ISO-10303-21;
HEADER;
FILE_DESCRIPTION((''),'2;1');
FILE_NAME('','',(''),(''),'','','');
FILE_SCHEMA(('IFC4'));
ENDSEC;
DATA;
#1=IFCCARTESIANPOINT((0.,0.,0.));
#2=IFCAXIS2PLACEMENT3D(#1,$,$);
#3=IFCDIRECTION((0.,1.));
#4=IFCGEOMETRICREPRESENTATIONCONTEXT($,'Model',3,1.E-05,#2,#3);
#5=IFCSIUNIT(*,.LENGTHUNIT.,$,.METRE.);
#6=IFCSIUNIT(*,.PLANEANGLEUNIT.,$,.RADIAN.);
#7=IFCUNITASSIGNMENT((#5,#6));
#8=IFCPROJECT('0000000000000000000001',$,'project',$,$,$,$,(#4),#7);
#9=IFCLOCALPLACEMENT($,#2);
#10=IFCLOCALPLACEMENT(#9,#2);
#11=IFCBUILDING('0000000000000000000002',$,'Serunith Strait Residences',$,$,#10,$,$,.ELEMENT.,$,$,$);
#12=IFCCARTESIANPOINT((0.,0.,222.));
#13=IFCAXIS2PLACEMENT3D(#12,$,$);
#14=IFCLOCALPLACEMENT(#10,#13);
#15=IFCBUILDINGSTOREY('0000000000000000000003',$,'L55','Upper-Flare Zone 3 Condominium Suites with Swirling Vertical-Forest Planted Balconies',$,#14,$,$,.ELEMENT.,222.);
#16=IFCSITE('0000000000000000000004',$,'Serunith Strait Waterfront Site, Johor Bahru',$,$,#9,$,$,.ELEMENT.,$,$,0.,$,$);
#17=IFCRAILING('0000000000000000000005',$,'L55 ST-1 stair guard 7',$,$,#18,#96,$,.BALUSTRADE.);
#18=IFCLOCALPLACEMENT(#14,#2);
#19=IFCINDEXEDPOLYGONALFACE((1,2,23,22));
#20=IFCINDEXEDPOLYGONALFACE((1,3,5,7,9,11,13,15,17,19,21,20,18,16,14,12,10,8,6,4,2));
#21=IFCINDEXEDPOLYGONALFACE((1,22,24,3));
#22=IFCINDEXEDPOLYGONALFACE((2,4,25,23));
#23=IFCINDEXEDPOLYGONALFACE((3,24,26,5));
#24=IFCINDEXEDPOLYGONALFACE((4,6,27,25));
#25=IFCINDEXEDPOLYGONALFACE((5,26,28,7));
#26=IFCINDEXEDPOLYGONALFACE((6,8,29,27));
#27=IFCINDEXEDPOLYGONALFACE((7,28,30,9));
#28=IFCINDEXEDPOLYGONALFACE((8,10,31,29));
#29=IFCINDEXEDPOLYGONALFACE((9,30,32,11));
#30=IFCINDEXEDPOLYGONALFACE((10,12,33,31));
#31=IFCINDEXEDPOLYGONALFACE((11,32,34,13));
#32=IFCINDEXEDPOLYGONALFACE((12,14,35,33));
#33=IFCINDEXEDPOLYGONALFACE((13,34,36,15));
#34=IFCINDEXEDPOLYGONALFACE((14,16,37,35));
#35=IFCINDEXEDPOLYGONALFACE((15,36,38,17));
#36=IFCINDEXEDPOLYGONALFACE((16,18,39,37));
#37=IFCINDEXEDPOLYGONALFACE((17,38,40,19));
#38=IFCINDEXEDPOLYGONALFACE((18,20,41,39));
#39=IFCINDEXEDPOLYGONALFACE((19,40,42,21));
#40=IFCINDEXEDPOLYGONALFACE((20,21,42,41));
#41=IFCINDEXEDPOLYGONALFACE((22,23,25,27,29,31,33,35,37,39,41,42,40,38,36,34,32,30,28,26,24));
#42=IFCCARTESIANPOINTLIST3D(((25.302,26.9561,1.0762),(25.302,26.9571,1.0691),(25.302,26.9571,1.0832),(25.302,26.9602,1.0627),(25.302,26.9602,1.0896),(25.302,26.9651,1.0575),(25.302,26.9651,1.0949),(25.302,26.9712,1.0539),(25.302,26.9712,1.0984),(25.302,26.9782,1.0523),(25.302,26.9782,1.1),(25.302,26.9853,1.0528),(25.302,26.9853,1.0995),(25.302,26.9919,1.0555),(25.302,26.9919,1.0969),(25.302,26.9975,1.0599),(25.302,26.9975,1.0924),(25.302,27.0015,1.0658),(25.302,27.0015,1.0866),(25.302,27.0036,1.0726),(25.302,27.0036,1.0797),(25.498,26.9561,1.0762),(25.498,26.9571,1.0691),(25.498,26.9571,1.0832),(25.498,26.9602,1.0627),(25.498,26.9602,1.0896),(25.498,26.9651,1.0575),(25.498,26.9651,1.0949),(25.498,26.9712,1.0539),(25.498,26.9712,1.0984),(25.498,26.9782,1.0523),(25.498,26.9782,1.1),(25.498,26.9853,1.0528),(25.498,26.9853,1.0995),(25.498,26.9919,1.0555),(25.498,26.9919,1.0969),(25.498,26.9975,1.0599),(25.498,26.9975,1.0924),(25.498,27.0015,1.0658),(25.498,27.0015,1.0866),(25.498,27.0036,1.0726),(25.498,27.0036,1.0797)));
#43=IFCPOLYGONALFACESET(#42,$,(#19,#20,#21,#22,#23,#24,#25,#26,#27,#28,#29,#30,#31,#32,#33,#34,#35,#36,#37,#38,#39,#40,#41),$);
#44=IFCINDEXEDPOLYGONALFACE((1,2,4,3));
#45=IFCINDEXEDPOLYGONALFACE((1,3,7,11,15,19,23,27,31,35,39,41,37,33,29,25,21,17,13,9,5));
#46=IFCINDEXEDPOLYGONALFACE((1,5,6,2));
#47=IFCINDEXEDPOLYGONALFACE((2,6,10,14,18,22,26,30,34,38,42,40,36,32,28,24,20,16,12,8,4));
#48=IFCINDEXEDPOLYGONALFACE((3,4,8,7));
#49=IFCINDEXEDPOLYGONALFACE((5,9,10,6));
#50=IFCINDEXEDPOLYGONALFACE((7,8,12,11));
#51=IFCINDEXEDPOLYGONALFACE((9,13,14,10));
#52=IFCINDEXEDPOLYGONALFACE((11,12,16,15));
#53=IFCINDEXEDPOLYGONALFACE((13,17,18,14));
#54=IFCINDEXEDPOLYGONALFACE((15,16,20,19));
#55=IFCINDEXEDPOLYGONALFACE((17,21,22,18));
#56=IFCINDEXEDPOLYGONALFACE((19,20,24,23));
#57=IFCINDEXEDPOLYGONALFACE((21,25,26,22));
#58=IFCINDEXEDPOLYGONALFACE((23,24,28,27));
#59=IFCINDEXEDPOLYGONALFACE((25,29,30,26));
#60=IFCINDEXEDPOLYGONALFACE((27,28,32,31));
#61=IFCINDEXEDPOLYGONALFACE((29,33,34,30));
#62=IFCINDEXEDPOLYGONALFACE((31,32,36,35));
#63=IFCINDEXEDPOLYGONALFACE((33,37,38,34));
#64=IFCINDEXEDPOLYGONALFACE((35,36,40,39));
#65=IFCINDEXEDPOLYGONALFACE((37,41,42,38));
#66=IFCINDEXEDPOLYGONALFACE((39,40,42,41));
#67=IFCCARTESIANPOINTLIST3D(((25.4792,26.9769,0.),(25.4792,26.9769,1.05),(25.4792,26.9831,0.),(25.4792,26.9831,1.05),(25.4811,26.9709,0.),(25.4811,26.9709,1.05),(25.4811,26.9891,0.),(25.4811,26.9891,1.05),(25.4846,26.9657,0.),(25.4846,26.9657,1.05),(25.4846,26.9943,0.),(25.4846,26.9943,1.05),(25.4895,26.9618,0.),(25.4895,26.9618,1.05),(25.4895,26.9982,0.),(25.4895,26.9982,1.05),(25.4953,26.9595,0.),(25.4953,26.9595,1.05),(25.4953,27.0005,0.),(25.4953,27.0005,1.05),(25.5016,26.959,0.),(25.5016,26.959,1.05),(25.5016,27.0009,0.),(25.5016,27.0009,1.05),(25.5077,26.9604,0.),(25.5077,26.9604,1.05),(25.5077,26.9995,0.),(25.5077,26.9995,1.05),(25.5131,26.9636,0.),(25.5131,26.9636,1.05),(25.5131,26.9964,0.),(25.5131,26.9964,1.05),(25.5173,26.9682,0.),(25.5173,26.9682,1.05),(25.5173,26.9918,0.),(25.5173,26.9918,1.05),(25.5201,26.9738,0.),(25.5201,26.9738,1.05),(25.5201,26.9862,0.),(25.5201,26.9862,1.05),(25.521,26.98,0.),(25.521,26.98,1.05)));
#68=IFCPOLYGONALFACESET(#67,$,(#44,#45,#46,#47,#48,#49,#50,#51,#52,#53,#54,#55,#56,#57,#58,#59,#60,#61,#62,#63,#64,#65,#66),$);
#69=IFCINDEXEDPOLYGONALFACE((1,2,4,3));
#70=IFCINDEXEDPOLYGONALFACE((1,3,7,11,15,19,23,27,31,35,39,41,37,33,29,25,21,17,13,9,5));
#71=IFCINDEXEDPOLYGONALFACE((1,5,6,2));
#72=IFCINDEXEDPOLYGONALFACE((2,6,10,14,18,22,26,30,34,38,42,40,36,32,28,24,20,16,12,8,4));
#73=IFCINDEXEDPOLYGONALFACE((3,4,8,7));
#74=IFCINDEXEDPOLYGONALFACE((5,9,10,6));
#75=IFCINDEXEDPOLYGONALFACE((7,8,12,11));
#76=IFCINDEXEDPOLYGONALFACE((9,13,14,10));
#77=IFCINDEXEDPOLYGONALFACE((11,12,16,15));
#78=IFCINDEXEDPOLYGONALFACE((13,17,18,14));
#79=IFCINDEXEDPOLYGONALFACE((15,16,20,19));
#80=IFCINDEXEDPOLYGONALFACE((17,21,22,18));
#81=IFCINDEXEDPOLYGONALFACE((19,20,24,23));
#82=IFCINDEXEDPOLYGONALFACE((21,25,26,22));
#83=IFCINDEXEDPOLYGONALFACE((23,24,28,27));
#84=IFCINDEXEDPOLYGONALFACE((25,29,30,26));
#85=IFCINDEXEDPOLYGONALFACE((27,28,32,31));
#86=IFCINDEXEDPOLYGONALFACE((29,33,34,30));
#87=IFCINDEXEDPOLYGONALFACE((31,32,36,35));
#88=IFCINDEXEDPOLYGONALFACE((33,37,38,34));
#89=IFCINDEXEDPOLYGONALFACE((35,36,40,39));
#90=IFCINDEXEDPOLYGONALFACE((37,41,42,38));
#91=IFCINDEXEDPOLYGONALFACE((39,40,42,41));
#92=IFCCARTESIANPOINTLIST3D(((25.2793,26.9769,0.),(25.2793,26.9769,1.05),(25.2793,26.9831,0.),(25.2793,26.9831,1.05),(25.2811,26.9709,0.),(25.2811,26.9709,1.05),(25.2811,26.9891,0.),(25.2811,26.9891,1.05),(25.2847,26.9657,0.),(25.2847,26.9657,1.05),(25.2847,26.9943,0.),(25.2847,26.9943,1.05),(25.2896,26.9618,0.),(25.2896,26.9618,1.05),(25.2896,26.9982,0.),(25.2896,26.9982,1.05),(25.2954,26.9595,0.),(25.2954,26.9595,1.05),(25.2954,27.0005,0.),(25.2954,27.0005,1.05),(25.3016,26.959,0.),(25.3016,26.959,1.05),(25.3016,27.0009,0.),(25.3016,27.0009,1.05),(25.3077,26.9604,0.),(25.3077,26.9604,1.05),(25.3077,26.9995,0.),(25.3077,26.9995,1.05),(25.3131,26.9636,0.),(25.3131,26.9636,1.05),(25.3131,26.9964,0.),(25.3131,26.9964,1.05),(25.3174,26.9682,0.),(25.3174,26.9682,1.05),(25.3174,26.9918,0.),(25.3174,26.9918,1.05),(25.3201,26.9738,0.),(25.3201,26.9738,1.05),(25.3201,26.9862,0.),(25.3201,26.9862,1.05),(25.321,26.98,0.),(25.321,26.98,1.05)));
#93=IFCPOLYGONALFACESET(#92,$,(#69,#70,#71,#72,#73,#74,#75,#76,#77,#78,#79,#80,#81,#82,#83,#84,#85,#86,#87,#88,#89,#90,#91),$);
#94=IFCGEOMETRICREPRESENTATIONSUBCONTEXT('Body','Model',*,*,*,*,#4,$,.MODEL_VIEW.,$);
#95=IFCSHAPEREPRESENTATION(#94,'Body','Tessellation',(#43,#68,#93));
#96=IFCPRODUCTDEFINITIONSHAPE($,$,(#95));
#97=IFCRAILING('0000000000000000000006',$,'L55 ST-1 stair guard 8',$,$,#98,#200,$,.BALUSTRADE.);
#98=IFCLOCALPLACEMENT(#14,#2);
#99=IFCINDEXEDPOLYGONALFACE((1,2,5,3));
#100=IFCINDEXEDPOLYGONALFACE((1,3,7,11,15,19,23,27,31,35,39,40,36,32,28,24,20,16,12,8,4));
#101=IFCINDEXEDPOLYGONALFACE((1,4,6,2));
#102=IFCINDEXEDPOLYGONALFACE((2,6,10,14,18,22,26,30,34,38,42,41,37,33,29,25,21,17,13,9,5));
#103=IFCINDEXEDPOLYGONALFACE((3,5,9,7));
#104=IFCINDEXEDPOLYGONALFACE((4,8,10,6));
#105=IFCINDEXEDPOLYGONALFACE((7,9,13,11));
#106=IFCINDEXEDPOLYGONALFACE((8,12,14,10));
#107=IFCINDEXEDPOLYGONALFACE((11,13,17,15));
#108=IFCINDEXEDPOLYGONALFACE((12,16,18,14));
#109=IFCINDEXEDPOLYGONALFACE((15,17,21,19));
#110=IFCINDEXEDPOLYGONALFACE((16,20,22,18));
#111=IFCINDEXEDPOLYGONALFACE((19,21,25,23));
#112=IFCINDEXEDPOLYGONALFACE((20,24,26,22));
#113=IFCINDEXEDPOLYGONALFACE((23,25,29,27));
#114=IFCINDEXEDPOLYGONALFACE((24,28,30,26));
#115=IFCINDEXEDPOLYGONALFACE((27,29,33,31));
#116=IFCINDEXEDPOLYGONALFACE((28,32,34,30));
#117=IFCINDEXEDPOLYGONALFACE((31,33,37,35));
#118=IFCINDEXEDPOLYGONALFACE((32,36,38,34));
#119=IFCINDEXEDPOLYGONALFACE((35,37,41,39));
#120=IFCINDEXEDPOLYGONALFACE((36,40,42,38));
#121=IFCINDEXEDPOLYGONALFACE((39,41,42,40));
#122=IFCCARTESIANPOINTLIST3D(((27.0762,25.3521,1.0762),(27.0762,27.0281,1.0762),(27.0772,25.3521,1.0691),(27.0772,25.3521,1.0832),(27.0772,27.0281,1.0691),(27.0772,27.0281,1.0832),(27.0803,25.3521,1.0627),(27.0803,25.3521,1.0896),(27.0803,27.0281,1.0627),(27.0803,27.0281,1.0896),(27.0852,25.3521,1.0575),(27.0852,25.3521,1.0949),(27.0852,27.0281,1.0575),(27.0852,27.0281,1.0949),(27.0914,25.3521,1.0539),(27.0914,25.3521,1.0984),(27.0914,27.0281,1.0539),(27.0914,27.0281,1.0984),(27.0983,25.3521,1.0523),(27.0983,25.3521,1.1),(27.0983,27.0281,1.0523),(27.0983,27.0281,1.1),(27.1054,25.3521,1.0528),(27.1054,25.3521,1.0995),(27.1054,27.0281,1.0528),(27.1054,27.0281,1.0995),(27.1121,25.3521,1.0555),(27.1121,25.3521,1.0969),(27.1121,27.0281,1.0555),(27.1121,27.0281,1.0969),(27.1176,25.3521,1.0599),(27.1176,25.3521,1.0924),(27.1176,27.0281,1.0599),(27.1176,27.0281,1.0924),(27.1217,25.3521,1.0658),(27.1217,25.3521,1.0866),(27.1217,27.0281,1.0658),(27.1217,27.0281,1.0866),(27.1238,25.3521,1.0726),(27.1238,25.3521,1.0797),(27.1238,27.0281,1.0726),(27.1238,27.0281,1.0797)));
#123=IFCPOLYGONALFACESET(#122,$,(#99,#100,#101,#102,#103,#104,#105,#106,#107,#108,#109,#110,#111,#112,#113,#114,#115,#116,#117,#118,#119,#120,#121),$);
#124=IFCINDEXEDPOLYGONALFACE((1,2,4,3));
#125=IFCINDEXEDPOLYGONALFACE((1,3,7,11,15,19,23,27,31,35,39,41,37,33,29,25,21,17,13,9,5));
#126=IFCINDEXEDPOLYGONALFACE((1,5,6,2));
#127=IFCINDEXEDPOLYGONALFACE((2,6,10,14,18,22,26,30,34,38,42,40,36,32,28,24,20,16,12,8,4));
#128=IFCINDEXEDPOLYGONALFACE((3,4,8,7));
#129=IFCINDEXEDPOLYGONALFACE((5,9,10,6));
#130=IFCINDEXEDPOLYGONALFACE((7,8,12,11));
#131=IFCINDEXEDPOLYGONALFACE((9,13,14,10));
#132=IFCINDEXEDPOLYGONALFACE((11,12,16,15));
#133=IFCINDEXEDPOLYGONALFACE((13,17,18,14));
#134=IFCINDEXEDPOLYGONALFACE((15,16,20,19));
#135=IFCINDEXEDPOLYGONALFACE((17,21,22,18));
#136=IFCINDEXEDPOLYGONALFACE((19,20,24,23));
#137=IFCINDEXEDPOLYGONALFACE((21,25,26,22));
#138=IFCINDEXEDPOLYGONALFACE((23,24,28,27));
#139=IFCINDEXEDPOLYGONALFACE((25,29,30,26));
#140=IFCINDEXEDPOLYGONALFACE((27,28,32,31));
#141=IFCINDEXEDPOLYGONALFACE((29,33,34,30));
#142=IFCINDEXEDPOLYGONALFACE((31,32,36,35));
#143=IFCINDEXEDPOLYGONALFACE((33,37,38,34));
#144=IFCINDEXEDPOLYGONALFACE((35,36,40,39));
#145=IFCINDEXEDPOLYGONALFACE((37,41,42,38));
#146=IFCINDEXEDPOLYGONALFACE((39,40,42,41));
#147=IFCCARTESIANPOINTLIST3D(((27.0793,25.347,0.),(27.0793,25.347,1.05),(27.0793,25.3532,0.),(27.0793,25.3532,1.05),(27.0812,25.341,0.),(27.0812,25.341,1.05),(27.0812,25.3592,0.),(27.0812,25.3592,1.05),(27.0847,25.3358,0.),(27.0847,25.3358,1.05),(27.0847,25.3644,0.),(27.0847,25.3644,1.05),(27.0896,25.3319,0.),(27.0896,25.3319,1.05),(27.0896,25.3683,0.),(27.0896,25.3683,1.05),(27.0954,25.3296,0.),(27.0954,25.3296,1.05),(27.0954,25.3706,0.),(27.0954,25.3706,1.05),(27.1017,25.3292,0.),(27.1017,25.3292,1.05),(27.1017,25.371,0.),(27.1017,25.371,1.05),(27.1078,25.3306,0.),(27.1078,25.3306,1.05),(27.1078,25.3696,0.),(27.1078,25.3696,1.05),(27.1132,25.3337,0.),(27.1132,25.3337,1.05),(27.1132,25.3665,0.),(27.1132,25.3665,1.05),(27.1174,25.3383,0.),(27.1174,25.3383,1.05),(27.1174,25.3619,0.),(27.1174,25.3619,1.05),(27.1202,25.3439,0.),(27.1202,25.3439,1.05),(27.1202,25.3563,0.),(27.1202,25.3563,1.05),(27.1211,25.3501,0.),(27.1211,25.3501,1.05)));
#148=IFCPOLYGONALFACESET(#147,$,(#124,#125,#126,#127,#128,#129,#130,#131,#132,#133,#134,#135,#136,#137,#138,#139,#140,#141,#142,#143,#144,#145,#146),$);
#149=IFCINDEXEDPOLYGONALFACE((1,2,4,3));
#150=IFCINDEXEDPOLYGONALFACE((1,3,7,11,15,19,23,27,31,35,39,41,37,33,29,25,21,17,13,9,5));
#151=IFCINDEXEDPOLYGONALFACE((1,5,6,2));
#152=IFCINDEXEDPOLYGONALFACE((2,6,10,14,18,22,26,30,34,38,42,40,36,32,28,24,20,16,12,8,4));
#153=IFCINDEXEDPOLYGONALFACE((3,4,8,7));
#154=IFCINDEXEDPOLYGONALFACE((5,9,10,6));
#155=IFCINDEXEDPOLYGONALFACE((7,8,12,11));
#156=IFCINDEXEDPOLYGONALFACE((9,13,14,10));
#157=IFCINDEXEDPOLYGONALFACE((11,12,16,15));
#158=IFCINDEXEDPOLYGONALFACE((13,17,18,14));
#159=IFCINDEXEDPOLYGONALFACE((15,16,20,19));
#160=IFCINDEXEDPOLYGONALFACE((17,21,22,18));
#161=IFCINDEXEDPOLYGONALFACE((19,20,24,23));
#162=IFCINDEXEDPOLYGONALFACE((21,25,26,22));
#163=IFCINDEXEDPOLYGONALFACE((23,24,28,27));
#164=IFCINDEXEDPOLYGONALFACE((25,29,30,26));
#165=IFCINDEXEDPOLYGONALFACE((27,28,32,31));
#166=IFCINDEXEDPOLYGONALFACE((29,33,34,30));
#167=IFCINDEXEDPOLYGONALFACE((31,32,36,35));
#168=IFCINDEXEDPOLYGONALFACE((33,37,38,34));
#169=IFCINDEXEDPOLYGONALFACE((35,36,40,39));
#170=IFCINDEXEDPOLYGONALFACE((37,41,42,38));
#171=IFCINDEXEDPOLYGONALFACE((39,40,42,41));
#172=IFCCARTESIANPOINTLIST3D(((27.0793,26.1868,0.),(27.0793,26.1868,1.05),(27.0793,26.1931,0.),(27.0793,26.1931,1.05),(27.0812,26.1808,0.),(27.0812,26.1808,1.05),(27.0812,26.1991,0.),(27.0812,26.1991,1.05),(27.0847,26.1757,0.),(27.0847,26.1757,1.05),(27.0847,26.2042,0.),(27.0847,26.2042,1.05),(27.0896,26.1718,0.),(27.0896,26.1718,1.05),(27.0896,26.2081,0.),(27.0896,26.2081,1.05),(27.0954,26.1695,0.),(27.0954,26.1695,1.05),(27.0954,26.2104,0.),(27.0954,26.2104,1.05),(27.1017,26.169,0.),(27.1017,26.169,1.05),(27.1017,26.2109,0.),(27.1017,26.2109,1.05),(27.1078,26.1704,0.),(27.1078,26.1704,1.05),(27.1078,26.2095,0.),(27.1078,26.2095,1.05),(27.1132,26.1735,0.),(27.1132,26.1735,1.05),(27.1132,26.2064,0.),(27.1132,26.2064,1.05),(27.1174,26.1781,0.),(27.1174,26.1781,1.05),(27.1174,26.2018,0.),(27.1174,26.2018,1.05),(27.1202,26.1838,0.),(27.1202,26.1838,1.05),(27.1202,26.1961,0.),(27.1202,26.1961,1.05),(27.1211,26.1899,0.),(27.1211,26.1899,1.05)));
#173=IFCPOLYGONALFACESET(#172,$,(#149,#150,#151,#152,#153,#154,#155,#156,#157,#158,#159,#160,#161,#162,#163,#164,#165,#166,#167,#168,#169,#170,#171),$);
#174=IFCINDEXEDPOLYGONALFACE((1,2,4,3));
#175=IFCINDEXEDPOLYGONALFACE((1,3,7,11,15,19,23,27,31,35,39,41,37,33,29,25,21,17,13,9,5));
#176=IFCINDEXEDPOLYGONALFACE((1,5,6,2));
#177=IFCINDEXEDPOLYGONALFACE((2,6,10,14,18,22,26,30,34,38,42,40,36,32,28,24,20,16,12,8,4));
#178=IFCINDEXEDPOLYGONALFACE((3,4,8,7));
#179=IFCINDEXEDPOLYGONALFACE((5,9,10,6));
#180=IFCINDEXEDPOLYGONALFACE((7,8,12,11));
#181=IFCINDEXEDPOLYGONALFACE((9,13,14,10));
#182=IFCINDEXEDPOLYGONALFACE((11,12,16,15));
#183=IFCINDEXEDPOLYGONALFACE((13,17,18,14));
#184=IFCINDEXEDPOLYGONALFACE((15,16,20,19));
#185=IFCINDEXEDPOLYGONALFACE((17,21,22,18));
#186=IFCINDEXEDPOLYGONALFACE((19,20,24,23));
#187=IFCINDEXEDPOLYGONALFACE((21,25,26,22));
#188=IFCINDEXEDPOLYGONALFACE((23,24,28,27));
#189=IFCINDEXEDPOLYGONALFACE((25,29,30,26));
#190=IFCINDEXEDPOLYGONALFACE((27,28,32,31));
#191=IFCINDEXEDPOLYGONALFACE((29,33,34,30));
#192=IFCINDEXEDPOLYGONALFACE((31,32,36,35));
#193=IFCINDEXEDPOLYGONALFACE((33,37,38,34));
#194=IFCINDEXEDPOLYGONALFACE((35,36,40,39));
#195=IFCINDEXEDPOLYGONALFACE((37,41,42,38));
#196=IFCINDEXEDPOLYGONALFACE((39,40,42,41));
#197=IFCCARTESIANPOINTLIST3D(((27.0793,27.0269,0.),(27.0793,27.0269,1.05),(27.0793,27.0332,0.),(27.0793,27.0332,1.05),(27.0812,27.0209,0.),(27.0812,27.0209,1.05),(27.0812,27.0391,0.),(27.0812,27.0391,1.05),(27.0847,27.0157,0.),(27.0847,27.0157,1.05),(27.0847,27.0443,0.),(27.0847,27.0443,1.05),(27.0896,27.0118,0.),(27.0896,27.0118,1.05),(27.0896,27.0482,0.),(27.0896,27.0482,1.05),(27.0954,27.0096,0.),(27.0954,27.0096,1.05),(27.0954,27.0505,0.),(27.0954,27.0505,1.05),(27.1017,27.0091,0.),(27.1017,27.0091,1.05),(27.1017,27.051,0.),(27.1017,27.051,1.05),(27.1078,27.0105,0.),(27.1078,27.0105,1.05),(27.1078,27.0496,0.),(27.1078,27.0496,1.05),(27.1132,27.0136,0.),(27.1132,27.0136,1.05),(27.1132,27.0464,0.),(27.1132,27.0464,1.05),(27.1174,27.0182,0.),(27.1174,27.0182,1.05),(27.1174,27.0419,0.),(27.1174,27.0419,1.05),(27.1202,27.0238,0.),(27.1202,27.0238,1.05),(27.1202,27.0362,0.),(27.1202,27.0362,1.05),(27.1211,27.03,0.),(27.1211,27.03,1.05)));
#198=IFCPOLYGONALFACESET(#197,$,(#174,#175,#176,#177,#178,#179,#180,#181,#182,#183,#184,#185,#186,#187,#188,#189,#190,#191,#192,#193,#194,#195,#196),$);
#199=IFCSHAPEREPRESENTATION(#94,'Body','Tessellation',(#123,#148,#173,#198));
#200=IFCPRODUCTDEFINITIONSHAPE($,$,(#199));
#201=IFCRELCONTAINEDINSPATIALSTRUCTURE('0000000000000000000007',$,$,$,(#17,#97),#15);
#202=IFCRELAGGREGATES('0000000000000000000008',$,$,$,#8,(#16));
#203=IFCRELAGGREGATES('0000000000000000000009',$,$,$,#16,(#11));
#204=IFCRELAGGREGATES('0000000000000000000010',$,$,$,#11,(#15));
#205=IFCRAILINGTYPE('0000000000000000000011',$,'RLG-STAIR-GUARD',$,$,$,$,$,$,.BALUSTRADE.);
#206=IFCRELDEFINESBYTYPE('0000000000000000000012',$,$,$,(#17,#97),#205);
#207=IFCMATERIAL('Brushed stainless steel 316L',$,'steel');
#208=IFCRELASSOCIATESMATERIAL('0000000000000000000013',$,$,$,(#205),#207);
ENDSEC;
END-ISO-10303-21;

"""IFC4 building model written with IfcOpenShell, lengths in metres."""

from ifc_helpers import new_model, si_unit, direction, frame, origin, origin_2d, place, context, subcontext, project, spatial, circle, extrude, material, type_object, element, save


model = new_model("IFC4")

# Units and contexts
model_context = context("Model", 3, precision=1e-05, world=origin(), true_north=direction((0.0, 1.0)))
body_context = subcontext(model_context, "Body", "Model", "MODEL_VIEW")
ifc_project = project(units=[si_unit("LENGTHUNIT", "METRE"), si_unit("PLANEANGLEUNIT", "RADIAN")], contexts=[model_context])

# Site, building, storey
site_placement = place(None, origin())
site = spatial("IfcSite", under=ifc_project, at=site_placement, Name="Serunith Strait Waterfront Site, Johor Bahru", CompositionType="ELEMENT", RefElevation=0.0)
building_placement = place(site_placement, origin())
building = spatial("IfcBuilding", under=site, at=building_placement, Name="Serunith Strait Residences", CompositionType="ELEMENT")
storey_placement = place(building_placement, frame((0.0, 0.0, 222.0)))
storey = spatial("IfcBuildingStorey", under=building, at=storey_placement, Name="L55", Description="Upper-Flare Zone 3 Condominium Suites with Swirling Vertical-Forest Planted Balconies", CompositionType="ELEMENT", Elevation=222.0)

# Railings
ifc_material_1 = material(Name="Brushed stainless steel 316L", Category="steel")
railing_type_1 = type_object("IfcRailingType", Name="RLG-STAIR-GUARD", PredefinedType="BALUSTRADE", material=ifc_material_1)
railing_1_placement = place(storey_placement, frame((25.5, 26.98, 0.0)))
element("IfcRailing", 1, at=railing_1_placement, inside=storey, type_object=railing_type_1, Name="L55 ST-1 stair guard 7", PredefinedType="BALUSTRADE", context=body_context, shape_type="SweptSolid", body=[
    extrude(circle(Radius=0.0239, at=origin_2d()), frame((-0.002, 0.0, 1.0762), z_axis=(-1.0, 0.0, 0.0), x_axis=(0.0, -1.0, 0.0)), (0.0, 0.0, 1.0), 0.196),
    extrude(circle(Radius=0.021, at=origin_2d()), origin(), (0.0, 0.0, 1.0), 1.05),
    extrude(circle(Radius=0.021, at=origin_2d()), frame((-0.2, 0.0, 0.0)), (0.0, 0.0, 1.0), 1.05),
])
for number, where, name in (
    (2, (27.1001, 25.3501, 0.0), "L55 ST-1 stair guard 8"),
):
    element("IfcRailing", number, at=place(storey_placement, frame(where)), inside=storey, type_object=railing_type_1, Name=name, PredefinedType="BALUSTRADE", context=body_context, shape_type="SweptSolid", body=[
        extrude(circle(Radius=0.0239, at=origin_2d()), frame((0.0, 0.002, 1.0762), z_axis=(0.0, 1.0, 0.0), x_axis=(-1.0, 0.0, 0.0)), (0.0, 0.0, 1.0), 1.676),
        extrude(circle(Radius=0.021, at=origin_2d()), origin(), (0.0, 0.0, 1.0), 1.05),
        extrude(circle(Radius=0.021, at=origin_2d()), frame((0.0, 0.8398, 0.0)), (0.0, 0.0, 1.0), 1.05),
        extrude(circle(Radius=0.021, at=origin_2d()), frame((0.0, 1.6799, 0.0)), (0.0, 0.0, 1.0), 1.05),
    ])

save(model, "model.ifc")
